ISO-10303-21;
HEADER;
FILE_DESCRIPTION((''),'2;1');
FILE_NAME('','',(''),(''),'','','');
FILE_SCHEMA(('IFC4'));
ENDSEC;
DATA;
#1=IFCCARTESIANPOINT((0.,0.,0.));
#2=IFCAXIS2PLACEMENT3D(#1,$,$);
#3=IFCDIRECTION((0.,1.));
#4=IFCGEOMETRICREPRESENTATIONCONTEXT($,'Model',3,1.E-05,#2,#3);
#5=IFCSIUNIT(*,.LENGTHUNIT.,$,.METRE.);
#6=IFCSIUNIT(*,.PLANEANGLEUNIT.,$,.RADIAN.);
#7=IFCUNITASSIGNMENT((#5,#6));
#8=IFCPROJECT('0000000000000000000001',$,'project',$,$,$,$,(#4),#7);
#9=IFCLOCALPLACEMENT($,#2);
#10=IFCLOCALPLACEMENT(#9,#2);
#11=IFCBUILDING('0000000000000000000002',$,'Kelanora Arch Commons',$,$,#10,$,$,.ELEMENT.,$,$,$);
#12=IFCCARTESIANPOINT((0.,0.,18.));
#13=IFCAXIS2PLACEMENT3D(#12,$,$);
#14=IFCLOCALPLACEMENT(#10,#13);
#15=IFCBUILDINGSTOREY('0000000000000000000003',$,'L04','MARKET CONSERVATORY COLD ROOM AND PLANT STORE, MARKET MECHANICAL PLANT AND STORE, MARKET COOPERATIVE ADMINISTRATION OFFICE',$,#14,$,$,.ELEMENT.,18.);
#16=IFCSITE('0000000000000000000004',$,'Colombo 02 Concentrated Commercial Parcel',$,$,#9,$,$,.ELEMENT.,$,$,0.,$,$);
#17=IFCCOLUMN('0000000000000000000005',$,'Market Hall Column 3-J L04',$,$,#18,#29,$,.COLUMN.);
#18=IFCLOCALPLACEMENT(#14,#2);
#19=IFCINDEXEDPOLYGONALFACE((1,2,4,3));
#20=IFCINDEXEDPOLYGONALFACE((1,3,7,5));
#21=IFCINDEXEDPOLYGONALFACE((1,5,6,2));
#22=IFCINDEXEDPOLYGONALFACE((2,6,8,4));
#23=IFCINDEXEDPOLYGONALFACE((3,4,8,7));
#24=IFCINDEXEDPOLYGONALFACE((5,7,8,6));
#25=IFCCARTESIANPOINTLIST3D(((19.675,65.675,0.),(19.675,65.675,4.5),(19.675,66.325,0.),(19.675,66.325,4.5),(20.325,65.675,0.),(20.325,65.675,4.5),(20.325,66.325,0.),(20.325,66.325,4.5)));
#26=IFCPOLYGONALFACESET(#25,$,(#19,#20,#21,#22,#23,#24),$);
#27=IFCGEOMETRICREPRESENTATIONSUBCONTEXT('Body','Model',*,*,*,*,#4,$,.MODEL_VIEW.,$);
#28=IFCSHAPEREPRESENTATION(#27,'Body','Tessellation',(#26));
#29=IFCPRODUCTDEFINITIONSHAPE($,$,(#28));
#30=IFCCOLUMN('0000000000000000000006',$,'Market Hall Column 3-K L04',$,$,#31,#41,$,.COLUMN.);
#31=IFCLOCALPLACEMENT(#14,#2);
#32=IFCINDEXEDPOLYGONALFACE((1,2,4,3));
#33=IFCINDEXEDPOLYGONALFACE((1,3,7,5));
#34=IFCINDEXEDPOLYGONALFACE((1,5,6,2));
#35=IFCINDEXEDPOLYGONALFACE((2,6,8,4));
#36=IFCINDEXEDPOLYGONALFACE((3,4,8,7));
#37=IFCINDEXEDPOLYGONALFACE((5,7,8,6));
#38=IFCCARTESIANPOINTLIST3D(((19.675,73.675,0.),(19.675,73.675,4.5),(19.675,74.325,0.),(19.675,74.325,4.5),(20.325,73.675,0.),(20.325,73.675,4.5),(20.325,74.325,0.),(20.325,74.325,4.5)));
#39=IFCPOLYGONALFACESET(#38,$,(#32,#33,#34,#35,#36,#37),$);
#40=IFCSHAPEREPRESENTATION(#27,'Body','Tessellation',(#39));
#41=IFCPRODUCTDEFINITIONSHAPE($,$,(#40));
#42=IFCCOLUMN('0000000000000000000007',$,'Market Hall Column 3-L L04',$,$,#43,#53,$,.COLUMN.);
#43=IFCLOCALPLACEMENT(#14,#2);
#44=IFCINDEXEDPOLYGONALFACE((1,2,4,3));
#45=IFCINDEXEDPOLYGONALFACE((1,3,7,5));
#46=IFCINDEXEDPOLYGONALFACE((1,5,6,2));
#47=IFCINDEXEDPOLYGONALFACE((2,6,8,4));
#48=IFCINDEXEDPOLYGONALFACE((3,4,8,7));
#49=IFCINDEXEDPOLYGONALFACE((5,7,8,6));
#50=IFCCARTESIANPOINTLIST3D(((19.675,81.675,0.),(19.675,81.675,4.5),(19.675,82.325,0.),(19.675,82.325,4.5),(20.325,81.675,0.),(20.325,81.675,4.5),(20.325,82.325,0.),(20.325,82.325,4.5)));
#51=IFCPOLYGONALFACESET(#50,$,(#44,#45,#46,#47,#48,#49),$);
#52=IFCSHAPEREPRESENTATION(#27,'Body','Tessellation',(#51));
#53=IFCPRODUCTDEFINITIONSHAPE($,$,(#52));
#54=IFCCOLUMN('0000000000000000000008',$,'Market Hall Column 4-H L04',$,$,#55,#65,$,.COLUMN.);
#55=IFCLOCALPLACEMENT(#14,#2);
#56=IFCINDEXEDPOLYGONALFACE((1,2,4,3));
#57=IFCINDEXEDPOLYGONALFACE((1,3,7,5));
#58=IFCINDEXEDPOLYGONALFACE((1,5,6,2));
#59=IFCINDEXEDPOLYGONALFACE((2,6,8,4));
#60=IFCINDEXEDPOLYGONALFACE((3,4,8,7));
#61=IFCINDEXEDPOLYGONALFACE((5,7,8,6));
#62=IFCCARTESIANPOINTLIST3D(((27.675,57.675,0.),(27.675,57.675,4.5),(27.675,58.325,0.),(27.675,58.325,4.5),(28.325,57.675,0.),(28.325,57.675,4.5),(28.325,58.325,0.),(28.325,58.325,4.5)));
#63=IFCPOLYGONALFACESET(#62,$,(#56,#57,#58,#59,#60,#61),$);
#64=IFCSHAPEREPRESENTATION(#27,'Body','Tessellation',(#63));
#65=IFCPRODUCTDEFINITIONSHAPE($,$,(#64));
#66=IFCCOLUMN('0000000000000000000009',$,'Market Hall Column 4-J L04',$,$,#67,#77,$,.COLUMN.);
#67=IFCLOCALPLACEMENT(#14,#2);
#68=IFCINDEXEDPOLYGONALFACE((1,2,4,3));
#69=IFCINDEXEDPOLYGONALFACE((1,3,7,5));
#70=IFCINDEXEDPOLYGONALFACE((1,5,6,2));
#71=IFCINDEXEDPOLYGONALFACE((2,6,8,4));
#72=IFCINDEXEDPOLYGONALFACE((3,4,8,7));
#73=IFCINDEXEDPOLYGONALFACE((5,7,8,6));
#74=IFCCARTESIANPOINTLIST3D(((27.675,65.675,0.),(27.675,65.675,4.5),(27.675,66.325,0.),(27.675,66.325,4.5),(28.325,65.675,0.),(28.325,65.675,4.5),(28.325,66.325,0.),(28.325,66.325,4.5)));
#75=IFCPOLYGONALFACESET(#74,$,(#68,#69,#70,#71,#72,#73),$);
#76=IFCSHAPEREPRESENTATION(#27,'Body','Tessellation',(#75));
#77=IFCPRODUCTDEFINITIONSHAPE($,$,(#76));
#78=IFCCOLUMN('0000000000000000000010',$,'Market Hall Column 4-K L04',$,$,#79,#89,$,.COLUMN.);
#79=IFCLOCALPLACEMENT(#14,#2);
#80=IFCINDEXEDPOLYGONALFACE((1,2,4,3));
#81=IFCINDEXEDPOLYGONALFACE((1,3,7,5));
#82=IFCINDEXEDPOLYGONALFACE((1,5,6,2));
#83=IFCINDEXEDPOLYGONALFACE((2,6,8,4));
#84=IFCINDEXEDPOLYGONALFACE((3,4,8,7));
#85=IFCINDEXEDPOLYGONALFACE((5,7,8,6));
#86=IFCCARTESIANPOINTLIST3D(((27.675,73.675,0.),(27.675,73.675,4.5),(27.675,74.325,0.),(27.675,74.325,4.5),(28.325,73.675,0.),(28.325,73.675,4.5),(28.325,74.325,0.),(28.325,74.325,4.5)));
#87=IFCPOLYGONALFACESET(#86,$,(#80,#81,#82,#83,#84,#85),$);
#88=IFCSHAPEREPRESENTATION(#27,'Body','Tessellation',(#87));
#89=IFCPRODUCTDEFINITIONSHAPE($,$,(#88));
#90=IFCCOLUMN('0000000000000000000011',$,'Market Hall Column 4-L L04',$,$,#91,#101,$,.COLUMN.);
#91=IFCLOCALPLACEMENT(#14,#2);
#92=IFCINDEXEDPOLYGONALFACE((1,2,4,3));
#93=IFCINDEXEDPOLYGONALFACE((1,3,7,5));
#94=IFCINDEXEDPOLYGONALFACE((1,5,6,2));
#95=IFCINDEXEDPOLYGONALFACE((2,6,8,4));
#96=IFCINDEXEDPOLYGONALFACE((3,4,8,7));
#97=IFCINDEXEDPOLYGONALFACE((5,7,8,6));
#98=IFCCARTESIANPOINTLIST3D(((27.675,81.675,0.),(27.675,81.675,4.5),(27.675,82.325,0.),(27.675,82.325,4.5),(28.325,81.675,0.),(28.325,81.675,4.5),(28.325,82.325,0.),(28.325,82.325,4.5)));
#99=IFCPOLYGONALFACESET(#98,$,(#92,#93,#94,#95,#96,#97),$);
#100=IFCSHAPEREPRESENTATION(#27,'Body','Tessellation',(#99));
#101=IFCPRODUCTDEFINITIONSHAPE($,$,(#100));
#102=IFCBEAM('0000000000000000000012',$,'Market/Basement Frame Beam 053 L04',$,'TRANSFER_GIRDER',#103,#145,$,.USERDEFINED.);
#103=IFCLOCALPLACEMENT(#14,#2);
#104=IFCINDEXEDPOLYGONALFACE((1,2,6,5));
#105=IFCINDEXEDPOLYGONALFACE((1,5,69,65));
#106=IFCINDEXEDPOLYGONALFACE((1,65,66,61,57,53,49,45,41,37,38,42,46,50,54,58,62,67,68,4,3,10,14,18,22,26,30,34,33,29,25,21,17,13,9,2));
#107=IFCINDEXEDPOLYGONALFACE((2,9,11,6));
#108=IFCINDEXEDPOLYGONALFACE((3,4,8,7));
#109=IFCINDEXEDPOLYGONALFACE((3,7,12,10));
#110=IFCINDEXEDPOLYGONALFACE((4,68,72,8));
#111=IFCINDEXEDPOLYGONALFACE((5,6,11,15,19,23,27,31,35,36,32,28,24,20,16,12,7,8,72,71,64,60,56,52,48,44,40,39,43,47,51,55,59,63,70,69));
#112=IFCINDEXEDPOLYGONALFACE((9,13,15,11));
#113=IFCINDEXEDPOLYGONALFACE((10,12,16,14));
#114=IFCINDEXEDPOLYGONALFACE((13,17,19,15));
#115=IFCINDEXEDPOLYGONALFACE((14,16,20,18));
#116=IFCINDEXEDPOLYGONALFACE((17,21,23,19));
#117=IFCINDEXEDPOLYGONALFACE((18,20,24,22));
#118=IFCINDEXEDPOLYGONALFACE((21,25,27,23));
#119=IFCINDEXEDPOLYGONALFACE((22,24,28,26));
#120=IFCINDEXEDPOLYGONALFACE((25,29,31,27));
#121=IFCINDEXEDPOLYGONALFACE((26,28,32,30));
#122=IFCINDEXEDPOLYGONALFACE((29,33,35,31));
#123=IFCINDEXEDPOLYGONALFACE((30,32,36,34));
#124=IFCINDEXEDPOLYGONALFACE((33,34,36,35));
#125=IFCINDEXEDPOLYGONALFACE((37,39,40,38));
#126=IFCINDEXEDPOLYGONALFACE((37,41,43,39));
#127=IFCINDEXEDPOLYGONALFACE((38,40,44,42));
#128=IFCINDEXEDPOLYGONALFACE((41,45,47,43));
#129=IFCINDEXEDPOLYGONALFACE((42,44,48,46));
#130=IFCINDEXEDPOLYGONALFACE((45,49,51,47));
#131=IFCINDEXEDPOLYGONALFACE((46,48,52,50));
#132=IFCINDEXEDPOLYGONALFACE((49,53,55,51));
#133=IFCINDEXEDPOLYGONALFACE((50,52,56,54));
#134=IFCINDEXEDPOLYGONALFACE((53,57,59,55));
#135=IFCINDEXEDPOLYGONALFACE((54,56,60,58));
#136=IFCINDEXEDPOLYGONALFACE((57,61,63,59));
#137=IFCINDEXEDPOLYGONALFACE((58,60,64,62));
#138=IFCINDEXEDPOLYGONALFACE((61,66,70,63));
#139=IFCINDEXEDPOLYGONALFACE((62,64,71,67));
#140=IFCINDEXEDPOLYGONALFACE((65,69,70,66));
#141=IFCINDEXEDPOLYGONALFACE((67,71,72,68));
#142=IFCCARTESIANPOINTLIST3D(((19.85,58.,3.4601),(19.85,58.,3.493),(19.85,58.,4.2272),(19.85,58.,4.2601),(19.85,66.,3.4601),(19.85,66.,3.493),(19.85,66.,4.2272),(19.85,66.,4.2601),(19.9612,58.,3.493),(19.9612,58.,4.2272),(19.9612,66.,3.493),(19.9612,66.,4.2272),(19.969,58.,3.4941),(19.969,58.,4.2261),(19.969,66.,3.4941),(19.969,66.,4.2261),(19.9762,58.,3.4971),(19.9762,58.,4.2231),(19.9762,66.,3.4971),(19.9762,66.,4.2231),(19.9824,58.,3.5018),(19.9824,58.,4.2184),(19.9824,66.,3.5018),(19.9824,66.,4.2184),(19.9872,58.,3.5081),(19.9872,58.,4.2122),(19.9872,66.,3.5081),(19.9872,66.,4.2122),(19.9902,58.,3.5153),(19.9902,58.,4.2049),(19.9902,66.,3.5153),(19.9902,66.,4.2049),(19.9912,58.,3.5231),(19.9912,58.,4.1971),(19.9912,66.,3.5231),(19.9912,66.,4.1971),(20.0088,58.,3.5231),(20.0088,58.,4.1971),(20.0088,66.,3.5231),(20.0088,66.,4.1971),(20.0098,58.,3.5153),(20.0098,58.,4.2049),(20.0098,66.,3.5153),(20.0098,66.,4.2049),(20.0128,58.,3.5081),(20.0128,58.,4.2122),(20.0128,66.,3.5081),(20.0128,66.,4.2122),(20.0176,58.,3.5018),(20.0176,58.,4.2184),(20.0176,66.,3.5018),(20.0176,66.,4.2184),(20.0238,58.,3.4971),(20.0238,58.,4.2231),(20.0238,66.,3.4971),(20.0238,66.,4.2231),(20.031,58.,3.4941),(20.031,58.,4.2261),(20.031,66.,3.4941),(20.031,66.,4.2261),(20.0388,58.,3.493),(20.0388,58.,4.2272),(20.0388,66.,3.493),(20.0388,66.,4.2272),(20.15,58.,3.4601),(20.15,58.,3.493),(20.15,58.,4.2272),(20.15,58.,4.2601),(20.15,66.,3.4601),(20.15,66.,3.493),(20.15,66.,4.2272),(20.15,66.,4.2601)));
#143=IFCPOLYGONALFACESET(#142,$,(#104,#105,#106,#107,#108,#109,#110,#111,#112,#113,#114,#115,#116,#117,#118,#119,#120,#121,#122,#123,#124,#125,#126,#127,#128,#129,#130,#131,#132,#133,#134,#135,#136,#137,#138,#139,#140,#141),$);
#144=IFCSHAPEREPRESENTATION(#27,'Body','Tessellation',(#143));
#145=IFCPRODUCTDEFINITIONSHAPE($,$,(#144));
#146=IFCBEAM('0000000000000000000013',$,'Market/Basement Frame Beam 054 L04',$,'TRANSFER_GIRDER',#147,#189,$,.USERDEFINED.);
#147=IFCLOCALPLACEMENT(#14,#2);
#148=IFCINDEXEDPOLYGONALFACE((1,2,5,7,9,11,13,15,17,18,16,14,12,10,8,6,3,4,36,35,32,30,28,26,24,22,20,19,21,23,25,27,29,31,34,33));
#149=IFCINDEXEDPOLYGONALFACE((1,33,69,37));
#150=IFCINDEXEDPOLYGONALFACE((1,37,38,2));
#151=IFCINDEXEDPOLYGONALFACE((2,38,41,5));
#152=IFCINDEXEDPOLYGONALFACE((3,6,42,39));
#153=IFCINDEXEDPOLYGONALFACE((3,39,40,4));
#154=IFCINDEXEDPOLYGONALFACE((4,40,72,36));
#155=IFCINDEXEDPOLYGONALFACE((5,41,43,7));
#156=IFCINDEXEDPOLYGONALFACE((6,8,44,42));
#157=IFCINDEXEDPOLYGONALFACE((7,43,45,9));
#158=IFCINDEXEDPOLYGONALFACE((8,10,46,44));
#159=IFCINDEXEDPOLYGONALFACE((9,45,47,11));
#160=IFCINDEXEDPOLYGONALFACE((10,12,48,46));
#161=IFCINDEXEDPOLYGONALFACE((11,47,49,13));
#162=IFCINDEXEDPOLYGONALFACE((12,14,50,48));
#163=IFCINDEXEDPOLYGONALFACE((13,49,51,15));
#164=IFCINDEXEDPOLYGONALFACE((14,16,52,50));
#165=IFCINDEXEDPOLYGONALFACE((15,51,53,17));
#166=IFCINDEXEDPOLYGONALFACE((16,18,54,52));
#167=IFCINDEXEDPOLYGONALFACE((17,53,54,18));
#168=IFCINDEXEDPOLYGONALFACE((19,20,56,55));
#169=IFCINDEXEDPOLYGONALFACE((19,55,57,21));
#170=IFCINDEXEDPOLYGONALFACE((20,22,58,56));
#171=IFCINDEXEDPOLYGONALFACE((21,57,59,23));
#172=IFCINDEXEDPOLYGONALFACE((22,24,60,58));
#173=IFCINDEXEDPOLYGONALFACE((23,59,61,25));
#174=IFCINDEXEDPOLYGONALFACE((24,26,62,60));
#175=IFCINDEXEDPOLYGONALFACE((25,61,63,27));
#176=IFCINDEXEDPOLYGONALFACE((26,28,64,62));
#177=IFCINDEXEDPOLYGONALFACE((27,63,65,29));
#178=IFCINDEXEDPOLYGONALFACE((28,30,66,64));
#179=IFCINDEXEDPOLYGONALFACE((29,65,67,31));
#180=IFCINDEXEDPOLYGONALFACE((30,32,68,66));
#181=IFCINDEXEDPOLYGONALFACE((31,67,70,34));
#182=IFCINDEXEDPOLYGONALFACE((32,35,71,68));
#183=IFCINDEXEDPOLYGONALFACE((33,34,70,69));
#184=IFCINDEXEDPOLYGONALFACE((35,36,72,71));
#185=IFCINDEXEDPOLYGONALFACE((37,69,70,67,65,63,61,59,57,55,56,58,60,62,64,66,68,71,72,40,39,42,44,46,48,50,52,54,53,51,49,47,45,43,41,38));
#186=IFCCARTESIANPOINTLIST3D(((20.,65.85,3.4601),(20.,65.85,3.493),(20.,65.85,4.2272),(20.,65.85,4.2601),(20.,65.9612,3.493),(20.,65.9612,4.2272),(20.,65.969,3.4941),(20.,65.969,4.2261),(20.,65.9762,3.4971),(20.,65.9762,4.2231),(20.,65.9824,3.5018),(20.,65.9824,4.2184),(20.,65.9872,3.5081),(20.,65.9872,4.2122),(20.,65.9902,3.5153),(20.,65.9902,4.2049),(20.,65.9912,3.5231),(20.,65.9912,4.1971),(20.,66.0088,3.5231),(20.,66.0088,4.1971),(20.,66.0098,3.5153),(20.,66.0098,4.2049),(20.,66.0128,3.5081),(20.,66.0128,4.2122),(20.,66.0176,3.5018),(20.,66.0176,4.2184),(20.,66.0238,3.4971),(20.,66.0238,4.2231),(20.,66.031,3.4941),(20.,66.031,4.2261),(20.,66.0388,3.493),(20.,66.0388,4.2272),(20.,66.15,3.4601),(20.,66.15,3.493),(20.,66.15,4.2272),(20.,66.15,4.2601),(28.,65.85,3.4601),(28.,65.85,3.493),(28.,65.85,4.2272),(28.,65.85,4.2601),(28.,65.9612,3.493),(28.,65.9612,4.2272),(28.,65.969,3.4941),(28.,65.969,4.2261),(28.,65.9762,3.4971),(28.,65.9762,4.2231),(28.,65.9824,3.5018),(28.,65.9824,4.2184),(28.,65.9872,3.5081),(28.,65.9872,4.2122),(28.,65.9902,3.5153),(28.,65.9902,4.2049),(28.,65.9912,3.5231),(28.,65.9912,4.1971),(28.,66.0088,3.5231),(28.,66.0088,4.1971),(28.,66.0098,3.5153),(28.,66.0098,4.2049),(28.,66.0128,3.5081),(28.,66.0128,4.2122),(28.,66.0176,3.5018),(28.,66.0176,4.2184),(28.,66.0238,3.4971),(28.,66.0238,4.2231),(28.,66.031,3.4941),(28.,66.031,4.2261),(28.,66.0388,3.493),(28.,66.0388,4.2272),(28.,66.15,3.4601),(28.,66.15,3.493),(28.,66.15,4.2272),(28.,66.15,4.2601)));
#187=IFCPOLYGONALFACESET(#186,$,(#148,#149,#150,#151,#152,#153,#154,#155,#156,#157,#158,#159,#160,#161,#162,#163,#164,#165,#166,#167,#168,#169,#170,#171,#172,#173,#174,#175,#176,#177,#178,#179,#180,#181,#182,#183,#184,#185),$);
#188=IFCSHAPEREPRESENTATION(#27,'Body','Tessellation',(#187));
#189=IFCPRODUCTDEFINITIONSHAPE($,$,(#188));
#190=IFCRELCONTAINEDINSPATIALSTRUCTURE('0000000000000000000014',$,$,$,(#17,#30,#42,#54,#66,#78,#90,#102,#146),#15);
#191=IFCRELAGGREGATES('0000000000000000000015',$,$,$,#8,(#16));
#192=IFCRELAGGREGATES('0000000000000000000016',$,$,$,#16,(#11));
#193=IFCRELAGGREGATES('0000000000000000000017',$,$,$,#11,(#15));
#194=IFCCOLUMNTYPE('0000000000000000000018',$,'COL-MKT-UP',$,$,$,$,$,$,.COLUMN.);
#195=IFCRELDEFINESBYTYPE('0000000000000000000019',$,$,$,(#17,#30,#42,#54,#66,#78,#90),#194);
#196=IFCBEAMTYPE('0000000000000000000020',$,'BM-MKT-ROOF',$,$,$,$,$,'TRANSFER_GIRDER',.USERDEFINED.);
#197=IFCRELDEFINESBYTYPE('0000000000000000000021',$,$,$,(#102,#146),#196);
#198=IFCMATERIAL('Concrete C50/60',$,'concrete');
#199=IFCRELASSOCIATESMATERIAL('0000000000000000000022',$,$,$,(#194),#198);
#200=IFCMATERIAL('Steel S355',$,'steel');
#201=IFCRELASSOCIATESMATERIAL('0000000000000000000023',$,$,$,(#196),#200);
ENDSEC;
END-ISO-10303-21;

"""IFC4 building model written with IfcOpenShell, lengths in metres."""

from ifc_helpers import new_model, si_unit, direction, frame, origin, origin_2d, place, context, subcontext, project, spatial, rectangle, i_section, extrude, material, material_profile, profile_set, type_object, element, save


model = new_model("IFC4")

# Units and contexts
model_context = context("Model", 3, precision=1e-05, world=origin(), true_north=direction((0.0, 1.0)))
body_context = subcontext(model_context, "Body", "Model", "MODEL_VIEW")
ifc_project = project(units=[si_unit("LENGTHUNIT", "METRE"), si_unit("PLANEANGLEUNIT", "RADIAN")], contexts=[model_context])

# Site, building, storey
site_placement = place(None, origin())
site = spatial("IfcSite", under=ifc_project, at=site_placement, Name="Colombo 02 Concentrated Commercial Parcel", CompositionType="ELEMENT", RefElevation=0.0)
building_placement = place(site_placement, origin())
building = spatial("IfcBuilding", under=site, at=building_placement, Name="Kelanora Arch Commons", CompositionType="ELEMENT")
storey_placement = place(building_placement, frame((0.0, 0.0, 18.0)))
storey = spatial("IfcBuildingStorey", under=building, at=storey_placement, Name="L04", Description="MARKET CONSERVATORY COLD ROOM AND PLANT STORE, MARKET MECHANICAL PLANT AND STORE, MARKET COOPERATIVE ADMINISTRATION OFFICE", CompositionType="ELEMENT", Elevation=18.0)

# Columns
ifc_material_1 = material(Name="Concrete C50/60", Category="concrete")
ifc_material_profile_1 = material_profile(ifc_material_1, rectangle(XDim=0.6499, YDim=0.6499, at=origin_2d()), Name="RC650x650")
ifc_profile_set_1 = profile_set([ifc_material_profile_1], Name="Concrete C50/60")
column_type = type_object("IfcColumnType", Name="COL-MKT-UP", PredefinedType="COLUMN", material=ifc_profile_set_1)
for number, where, z_axis, x_axis, name in (
    (1, (20.0, 66.0, 0.0), (0.0, 0.0, 1.0), (1.0, 0.0, 0.0), "Market Hall Column 3-J L04"),
    (2, (20.0, 74.0, 0.0), (0.0, 0.0, 1.0), (1.0, 0.0, 0.0), "Market Hall Column 3-K L04"),
    (3, (20.0, 82.0, 0.0), (0.0, 0.0, 1.0), (1.0, 0.0, 0.0), "Market Hall Column 3-L L04"),
    (4, (28.0, 58.0, 0.0), (0.0, 0.0, 1.0), (1.0, 0.0, 0.0), "Market Hall Column 4-H L04"),
    (5, (28.0, 66.0, 0.0), (0.0, 0.0, 1.0), (1.0, 0.0, 0.0), "Market Hall Column 4-J L04"),
    (6, (28.0, 74.0, 0.0), (0.0, 0.0, 1.0), (1.0, 0.0, 0.0), "Market Hall Column 4-K L04"),
    (7, (28.0, 82.0, 0.0), (0.0, 0.0, 1.0), (1.0, 0.0, 0.0), "Market Hall Column 4-L L04"),
):
    element("IfcColumn", number, at=place(storey_placement, frame(where, z_axis=z_axis, x_axis=x_axis)), inside=storey, type_object=column_type, Name=name, PredefinedType="COLUMN", context=body_context, shape_type="SweptSolid", body=[
        extrude(rectangle(XDim=0.6499, YDim=0.6499, at=origin_2d()), origin(), (0.0, 0.0, 1.0), 4.5),
    ])

# Beams
ifc_material_2 = material(Name="Steel S355", Category="steel")
ifc_material_profile_2 = material_profile(ifc_material_2, i_section(OverallWidth=0.3, OverallDepth=0.8, WebThickness=0.0176, FlangeThickness=0.033, FilletRadius=0.03, at=origin_2d()), Name="HEB800")
ifc_profile_set_2 = profile_set([ifc_material_profile_2], Name="Steel S355")
beam_type = type_object("IfcBeamType", Name="BM-MKT-ROOF", ElementType="TRANSFER_GIRDER", PredefinedType="USERDEFINED", material=ifc_profile_set_2)
for number, where, z_axis, x_axis, name in (
    (8, (20.0, 58.0, 3.8601), (0.0, 1.0, 0.0), (-1.0, 0.0, 0.0), "Market/Basement Frame Beam 053 L04"),
    (9, (20.0, 66.0, 3.8601), (1.0, 0.0, 0.0), (0.0, 1.0, 0.0), "Market/Basement Frame Beam 054 L04"),
):
    element("IfcBeam", number, at=place(storey_placement, frame(where, z_axis=z_axis, x_axis=x_axis)), inside=storey, type_object=beam_type, Name=name, ObjectType="TRANSFER_GIRDER", PredefinedType="USERDEFINED", context=body_context, shape_type="SweptSolid", body=[
        extrude(i_section(OverallWidth=0.3, OverallDepth=0.8, WebThickness=0.0176, FlangeThickness=0.033, FilletRadius=0.03, at=origin_2d()), origin(), (0.0, 0.0, 1.0), 8.0),
    ])

save(model, "model.ifc")
